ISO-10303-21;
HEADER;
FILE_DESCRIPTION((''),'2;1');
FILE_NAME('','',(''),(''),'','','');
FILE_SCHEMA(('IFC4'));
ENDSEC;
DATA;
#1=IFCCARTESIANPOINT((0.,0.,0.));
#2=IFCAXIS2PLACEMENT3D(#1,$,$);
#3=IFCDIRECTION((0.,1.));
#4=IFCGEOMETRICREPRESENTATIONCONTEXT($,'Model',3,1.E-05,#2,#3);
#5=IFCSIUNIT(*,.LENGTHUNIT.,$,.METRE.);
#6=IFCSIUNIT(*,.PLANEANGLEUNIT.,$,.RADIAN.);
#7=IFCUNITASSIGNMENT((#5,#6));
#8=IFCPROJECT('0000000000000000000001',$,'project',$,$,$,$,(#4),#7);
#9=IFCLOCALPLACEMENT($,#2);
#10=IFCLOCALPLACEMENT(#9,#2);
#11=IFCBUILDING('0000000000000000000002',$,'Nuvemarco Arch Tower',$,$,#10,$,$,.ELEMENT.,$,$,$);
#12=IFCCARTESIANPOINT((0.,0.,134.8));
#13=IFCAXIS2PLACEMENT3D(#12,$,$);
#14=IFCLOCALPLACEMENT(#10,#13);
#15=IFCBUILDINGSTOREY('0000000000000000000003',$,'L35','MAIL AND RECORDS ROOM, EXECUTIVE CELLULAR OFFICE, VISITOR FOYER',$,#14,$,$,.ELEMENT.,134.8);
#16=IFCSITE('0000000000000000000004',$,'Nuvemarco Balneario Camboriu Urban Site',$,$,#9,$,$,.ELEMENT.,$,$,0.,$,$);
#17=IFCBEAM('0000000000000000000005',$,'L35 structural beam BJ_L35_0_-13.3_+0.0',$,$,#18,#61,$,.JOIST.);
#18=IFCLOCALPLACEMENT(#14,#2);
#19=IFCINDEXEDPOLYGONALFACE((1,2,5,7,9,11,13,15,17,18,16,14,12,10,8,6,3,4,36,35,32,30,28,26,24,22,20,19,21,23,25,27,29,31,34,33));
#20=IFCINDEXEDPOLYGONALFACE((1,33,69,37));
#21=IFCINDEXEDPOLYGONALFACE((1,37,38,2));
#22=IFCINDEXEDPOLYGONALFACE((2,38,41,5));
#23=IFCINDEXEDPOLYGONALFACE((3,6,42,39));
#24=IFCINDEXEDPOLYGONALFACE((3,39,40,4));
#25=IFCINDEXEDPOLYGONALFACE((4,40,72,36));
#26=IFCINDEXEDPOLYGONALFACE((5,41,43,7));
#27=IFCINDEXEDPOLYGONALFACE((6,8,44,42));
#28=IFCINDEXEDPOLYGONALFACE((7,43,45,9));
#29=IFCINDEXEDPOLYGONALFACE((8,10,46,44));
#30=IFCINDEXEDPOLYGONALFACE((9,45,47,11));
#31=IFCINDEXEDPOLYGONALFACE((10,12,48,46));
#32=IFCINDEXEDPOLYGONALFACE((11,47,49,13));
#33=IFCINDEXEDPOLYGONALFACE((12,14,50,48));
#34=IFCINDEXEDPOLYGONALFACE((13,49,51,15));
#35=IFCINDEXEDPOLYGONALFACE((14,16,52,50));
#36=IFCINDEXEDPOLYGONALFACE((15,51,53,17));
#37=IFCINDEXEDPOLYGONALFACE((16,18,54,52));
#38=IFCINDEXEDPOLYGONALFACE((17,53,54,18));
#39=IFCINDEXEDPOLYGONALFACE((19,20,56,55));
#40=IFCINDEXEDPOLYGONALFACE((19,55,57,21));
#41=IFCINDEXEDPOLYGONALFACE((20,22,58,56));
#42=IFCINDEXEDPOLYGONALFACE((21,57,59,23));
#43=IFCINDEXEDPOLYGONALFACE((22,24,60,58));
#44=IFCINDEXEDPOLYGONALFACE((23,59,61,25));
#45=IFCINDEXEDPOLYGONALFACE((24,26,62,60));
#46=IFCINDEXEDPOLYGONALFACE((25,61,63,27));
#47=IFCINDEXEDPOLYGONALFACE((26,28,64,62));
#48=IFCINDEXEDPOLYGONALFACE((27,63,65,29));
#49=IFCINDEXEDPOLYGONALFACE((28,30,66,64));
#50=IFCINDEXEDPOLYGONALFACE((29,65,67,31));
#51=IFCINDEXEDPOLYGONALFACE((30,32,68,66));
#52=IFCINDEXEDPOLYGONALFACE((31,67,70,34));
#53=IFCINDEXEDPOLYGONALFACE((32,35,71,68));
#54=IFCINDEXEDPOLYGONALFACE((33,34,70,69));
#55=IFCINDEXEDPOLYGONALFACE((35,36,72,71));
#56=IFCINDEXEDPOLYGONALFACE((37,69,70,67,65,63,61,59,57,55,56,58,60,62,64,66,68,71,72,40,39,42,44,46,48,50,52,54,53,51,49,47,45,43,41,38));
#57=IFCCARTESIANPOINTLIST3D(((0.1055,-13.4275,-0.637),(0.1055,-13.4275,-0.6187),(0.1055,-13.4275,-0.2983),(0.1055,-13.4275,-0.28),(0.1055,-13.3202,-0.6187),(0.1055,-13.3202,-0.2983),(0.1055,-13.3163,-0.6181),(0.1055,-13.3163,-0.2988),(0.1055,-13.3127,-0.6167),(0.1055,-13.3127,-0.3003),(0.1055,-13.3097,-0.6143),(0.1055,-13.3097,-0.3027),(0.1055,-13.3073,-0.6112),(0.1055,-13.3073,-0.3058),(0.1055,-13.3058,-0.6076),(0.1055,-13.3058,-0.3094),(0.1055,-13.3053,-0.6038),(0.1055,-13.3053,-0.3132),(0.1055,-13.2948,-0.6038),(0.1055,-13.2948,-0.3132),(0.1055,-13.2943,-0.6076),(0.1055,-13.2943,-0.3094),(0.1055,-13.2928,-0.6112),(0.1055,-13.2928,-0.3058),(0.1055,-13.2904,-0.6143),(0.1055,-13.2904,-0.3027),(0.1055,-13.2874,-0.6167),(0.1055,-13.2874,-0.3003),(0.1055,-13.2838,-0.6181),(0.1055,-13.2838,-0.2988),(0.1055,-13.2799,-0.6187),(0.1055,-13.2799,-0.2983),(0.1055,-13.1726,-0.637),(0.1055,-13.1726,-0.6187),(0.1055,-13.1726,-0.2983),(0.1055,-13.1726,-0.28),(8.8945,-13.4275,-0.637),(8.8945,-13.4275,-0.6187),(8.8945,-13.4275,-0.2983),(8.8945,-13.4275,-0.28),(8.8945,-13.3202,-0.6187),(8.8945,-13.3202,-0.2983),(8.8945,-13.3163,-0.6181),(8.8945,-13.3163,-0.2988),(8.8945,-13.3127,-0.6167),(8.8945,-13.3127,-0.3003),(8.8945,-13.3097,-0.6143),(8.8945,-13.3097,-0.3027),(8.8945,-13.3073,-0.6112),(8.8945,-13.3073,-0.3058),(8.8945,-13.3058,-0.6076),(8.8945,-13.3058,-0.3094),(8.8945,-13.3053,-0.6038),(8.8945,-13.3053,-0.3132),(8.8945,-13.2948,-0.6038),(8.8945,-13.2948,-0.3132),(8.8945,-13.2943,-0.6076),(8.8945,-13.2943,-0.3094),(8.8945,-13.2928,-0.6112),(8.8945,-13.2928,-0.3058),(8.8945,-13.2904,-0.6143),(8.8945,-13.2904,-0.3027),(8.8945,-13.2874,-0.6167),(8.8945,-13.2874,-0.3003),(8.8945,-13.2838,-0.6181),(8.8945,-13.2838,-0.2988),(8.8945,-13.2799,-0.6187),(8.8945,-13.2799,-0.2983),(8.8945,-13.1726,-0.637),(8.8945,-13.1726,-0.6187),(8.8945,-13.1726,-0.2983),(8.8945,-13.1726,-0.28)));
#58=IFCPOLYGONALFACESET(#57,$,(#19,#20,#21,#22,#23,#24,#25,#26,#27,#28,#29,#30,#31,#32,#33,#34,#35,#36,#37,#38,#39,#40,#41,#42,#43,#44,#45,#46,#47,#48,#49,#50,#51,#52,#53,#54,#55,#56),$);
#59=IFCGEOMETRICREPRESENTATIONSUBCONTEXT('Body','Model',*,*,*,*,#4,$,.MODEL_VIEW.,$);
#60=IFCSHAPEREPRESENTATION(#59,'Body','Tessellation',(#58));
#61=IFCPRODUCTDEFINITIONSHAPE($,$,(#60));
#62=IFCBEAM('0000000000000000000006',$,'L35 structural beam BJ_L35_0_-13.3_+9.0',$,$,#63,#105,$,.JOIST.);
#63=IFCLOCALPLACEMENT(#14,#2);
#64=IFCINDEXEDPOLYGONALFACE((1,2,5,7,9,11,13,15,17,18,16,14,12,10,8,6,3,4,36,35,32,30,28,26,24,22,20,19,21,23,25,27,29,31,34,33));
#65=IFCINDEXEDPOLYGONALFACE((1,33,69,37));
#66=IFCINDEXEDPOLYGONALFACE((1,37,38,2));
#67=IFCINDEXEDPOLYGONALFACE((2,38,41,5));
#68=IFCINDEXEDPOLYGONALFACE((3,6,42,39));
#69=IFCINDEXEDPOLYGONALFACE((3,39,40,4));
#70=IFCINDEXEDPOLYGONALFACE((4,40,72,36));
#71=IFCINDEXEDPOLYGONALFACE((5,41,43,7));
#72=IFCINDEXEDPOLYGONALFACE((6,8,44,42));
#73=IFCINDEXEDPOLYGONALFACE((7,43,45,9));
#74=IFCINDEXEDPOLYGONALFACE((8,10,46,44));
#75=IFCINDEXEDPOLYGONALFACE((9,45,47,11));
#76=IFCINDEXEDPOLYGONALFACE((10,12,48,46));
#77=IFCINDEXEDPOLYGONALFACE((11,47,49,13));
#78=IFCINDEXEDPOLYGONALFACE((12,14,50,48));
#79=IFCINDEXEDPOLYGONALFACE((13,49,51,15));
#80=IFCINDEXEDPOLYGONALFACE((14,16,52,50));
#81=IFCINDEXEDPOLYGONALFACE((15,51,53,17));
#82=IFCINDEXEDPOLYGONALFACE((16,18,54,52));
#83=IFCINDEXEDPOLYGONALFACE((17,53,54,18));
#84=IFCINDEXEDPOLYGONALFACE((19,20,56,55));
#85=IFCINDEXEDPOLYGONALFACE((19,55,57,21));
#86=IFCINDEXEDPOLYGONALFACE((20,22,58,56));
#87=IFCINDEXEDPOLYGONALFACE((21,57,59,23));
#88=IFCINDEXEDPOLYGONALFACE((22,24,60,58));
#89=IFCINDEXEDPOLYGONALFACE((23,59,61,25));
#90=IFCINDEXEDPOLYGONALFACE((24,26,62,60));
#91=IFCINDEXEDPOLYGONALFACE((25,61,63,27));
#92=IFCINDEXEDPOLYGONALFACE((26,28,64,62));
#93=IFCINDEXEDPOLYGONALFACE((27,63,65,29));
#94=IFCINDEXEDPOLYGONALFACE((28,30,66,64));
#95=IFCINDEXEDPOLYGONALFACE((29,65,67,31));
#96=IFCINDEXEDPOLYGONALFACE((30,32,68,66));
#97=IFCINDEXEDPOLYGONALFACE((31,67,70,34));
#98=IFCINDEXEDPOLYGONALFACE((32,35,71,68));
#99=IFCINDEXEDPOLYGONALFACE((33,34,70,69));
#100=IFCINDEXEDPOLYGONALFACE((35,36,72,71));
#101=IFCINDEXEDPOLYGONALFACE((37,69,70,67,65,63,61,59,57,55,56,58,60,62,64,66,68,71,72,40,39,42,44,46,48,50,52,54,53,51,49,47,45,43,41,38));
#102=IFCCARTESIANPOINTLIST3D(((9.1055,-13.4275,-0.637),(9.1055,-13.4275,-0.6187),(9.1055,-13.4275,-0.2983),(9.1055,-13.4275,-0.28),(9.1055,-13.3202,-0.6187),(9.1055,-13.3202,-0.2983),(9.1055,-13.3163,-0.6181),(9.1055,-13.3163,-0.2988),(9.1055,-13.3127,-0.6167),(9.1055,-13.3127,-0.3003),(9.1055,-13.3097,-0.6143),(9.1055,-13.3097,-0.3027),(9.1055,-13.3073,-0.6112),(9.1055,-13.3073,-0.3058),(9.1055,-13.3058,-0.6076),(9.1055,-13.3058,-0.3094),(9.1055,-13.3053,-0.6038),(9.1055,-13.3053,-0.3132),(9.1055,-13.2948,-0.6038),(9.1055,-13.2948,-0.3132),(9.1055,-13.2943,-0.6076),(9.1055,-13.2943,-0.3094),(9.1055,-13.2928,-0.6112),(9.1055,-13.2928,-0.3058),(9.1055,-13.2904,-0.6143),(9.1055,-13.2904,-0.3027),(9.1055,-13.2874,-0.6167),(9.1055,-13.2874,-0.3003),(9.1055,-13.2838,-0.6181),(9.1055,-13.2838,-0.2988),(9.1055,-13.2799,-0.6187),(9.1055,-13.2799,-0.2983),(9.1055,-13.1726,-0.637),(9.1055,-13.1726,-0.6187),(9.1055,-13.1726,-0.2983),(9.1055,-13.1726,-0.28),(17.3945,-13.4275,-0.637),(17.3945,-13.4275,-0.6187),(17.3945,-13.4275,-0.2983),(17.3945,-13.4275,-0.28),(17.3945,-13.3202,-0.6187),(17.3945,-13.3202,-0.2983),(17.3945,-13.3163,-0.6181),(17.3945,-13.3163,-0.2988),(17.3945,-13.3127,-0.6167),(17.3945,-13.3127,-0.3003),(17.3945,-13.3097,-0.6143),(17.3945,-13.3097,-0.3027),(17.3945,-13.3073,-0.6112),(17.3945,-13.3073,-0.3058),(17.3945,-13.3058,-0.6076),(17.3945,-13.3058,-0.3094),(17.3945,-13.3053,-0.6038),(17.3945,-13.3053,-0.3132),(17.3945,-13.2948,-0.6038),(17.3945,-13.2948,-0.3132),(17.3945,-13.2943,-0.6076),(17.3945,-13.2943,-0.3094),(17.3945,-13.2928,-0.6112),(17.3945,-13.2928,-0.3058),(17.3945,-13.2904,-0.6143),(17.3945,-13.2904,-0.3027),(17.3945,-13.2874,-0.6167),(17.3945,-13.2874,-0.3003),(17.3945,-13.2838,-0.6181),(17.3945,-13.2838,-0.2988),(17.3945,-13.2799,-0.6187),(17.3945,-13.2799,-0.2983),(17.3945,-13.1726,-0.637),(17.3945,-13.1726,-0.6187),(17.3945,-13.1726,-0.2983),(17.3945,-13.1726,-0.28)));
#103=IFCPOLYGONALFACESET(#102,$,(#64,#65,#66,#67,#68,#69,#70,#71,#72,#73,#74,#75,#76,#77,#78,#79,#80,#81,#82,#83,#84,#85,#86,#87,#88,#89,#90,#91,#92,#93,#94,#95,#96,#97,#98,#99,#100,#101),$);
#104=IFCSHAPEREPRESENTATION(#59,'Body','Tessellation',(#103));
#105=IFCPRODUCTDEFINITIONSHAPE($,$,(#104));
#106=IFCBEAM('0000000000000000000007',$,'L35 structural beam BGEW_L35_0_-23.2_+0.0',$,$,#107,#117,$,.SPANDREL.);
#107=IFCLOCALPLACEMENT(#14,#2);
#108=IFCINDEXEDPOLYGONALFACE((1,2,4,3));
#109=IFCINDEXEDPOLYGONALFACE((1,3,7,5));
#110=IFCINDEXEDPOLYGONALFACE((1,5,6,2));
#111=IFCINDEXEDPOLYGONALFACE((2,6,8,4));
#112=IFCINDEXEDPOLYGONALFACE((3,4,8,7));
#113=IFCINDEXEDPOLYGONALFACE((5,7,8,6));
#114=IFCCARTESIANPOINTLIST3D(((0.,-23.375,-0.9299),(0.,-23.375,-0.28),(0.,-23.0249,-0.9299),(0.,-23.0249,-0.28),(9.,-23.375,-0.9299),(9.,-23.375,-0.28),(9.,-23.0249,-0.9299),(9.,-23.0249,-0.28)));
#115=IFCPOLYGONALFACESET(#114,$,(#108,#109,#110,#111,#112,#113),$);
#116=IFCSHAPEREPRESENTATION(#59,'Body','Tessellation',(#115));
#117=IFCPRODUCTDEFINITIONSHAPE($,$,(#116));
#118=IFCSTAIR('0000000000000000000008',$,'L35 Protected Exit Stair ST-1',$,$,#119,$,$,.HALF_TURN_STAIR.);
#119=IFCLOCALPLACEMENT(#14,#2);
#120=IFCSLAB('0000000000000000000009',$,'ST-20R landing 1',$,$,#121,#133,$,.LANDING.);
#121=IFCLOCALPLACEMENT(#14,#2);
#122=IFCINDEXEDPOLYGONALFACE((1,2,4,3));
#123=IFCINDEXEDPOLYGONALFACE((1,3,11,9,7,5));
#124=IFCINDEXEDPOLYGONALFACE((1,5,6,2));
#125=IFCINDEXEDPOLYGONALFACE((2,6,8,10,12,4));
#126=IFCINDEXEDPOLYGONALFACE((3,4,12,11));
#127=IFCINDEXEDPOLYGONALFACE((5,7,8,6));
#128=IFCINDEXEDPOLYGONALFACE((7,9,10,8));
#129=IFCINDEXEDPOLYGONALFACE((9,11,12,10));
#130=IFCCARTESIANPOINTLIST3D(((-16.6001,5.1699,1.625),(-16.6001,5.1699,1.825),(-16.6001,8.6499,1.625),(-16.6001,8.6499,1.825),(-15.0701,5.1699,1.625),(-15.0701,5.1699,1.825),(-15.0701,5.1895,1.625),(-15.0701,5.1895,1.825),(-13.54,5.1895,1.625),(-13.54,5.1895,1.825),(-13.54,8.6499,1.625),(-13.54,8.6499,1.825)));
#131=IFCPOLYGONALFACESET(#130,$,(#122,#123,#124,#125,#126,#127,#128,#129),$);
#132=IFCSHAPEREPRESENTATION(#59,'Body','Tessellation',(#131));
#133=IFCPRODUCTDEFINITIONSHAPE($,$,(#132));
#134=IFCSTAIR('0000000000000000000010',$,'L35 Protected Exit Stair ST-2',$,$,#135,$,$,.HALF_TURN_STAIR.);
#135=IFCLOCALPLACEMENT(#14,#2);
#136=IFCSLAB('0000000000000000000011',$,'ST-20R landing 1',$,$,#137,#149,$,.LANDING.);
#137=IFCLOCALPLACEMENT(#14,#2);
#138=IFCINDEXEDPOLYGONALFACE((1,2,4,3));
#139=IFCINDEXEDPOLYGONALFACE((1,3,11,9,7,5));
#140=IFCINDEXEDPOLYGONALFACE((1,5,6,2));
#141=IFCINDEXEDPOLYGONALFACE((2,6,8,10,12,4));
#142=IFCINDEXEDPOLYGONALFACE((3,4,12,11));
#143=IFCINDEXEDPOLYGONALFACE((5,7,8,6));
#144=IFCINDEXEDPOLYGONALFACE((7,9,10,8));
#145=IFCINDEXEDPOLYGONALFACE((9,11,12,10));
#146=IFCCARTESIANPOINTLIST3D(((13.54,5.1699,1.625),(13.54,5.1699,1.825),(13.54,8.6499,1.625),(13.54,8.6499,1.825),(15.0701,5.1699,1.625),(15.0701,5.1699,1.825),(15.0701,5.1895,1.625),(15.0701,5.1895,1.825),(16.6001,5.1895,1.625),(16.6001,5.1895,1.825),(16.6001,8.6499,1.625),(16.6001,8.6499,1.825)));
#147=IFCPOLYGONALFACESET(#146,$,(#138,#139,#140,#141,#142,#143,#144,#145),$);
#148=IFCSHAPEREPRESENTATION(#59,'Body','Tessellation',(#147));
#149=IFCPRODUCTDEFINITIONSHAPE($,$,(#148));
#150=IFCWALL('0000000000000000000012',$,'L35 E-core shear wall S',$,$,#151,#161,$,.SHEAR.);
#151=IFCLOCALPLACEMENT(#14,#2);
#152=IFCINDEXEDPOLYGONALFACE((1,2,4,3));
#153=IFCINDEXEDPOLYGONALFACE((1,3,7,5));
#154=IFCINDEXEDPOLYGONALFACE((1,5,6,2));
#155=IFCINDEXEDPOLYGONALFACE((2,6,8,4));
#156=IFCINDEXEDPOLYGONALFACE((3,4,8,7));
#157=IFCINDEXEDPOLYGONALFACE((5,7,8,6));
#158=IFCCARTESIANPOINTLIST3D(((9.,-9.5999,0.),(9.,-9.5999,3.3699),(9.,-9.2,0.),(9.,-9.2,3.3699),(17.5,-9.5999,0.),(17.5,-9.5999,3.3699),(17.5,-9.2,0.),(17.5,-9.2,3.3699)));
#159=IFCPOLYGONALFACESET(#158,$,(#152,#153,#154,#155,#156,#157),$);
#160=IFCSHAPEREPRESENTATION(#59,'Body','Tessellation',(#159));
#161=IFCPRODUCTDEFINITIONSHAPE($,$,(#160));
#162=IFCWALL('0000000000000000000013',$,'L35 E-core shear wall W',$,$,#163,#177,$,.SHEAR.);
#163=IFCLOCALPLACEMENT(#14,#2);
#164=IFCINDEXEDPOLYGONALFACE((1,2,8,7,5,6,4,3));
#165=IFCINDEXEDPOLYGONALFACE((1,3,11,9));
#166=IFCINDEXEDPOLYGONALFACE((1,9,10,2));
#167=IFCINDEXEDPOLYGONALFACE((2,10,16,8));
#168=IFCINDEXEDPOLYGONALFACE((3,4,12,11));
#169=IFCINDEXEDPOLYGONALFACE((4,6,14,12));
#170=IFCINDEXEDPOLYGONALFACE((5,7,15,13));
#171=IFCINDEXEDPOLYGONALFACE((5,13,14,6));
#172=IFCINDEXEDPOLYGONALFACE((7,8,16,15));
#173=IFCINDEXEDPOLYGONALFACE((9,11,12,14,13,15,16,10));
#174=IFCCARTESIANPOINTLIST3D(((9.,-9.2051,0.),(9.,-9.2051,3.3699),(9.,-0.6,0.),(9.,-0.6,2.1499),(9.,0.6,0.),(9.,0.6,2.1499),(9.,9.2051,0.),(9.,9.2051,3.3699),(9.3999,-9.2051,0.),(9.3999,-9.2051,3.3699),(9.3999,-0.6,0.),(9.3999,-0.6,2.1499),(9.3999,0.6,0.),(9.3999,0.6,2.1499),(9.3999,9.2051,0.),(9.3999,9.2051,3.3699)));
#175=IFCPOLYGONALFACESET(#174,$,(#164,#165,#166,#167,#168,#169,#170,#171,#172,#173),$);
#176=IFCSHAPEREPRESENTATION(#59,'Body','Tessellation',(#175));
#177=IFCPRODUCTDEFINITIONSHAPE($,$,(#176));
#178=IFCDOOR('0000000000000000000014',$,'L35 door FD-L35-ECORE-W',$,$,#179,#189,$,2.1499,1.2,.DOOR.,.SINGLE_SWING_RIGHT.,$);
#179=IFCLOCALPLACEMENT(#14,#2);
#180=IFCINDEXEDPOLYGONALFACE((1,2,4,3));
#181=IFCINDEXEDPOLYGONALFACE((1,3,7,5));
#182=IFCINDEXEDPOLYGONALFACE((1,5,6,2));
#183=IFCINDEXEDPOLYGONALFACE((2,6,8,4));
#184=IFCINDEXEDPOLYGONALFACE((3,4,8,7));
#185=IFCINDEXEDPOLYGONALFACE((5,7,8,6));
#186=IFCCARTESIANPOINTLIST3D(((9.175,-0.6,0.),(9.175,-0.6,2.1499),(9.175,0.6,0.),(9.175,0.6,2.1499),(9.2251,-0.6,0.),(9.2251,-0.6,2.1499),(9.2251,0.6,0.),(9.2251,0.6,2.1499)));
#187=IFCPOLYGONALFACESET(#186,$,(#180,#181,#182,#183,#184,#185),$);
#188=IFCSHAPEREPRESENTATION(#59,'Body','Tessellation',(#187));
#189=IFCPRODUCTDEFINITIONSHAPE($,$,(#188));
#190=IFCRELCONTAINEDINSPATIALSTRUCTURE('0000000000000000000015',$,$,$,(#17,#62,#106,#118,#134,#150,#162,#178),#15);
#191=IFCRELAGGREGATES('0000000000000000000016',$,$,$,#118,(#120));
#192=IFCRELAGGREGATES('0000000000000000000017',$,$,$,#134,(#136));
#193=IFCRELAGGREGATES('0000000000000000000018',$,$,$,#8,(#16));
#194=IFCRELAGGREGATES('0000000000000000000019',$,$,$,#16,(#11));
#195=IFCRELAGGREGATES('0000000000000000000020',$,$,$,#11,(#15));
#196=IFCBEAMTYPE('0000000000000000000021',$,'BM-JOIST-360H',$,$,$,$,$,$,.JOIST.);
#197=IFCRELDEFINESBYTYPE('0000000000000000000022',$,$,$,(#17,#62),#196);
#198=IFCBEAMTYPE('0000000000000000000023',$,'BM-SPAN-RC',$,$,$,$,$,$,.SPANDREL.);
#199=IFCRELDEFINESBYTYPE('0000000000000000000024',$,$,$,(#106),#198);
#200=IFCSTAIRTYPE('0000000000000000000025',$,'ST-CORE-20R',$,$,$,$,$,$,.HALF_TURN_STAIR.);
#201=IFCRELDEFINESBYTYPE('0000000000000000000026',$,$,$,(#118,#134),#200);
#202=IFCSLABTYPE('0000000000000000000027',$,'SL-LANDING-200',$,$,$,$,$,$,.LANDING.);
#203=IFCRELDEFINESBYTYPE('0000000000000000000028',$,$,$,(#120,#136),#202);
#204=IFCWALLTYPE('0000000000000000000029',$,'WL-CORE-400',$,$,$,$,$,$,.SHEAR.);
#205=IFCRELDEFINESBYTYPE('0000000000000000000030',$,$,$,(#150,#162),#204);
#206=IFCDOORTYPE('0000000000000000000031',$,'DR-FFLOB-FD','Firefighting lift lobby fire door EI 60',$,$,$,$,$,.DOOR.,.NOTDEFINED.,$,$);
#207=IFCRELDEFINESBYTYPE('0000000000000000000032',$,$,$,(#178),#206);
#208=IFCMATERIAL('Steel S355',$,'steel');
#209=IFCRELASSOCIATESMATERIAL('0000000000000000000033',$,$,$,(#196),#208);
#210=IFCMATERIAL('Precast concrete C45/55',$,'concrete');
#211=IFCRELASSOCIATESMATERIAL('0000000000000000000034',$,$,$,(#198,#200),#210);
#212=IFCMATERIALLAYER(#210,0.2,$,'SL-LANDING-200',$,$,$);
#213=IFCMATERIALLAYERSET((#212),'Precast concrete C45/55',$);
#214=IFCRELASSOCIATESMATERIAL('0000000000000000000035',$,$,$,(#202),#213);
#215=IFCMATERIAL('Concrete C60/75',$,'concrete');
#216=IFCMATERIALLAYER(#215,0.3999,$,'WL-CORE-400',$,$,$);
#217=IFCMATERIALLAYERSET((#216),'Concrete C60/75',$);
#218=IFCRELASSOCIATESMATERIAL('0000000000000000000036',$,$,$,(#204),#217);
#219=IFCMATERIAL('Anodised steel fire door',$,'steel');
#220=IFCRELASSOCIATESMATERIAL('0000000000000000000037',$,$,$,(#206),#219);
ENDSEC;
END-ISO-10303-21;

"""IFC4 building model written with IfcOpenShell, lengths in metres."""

from ifc_helpers import new_model, si_unit, direction, frame, frame_2d, origin, origin_2d, place, context, subcontext, project, spatial, polyline, rectangle, i_section, outline, extrude, source, transform, mapped, material, layer, layer_set, material_profile, profile_set, type_object, type_shapes, element, fill, aggregate, save


model = new_model("IFC4")

# Units and contexts
model_context = context("Model", 3, precision=1e-05, world=origin(), true_north=direction((0.0, 1.0)))
body_context = subcontext(model_context, "Body", "Model", "MODEL_VIEW")
ifc_project = project(units=[si_unit("LENGTHUNIT", "METRE"), si_unit("PLANEANGLEUNIT", "RADIAN")], contexts=[model_context])

# Site, building, storey
site_placement = place(None, origin())
site = spatial("IfcSite", under=ifc_project, at=site_placement, Name="Nuvemarco Balneario Camboriu Urban Site", CompositionType="ELEMENT", RefElevation=0.0)
building_placement = place(site_placement, origin())
building = spatial("IfcBuilding", under=site, at=building_placement, Name="Nuvemarco Arch Tower", CompositionType="ELEMENT")
storey_placement = place(building_placement, frame((0.0, 0.0, 134.8)))
storey = spatial("IfcBuildingStorey", under=building, at=storey_placement, Name="L35", Description="MAIL AND RECORDS ROOM, EXECUTIVE CELLULAR OFFICE, VISITOR FOYER", CompositionType="ELEMENT", Elevation=134.8)

# Shared definitions
ifc_material_1 = material(Name="Steel S355", Category="steel")

# Beams
ifc_material_2 = material(Name="Concrete C60/75", Category="concrete")
ifc_material_profile_1 = material_profile(ifc_material_1, i_section(OverallWidth=0.2549, OverallDepth=0.3569, WebThickness=0.0105, FlangeThickness=0.0183, FilletRadius=0.0149, at=origin_2d()), Name="W360x101")
ifc_profile_set_1 = profile_set([ifc_material_profile_1], Name="Steel S355")
beam_type_1 = type_object("IfcBeamType", Name="BM-JOIST-360H", PredefinedType="JOIST", material=ifc_profile_set_1)
beam_1_placement = place(storey_placement, frame((0.1055, -13.3, -0.4585), z_axis=(1.0, 0.0, 0.0), x_axis=(0.0, 1.0, 0.0)))
element("IfcBeam", 1, at=beam_1_placement, inside=storey, type_object=beam_type_1, Name="L35 structural beam BJ_L35_0_-13.3_+0.0", PredefinedType="JOIST", context=body_context, shape_type="SweptSolid", body=[
    extrude(i_section(OverallWidth=0.2549, OverallDepth=0.3569, WebThickness=0.0105, FlangeThickness=0.0183, FilletRadius=0.0149, at=origin_2d()), origin(), (0.0, 0.0, 1.0), 8.7891),
])
beam_2_placement = place(storey_placement, frame((9.1055, -13.3, -0.4585), z_axis=(1.0, 0.0, 0.0), x_axis=(0.0, 1.0, 0.0)))
element("IfcBeam", 2, at=beam_2_placement, inside=storey, type_object=beam_type_1, Name="L35 structural beam BJ_L35_0_-13.3_+9.0", PredefinedType="JOIST", context=body_context, shape_type="SweptSolid", body=[
    extrude(i_section(OverallWidth=0.2549, OverallDepth=0.3569, WebThickness=0.0105, FlangeThickness=0.0183, FilletRadius=0.0149, at=origin_2d()), origin(), (0.0, 0.0, 1.0), 8.2891),
])
ifc_material_3 = material(Name="Precast concrete C45/55", Category="concrete")
ifc_material_profile_2 = material_profile(ifc_material_3, rectangle(XDim=0.3501, YDim=0.6499, at=origin_2d()), Name="PC-SP-350x650")
ifc_profile_set_2 = profile_set([ifc_material_profile_2], Name="Precast concrete C45/55")
beam_type_2 = type_object("IfcBeamType", Name="BM-SPAN-RC", PredefinedType="SPANDREL", material=ifc_profile_set_2)
beam_3_placement = place(storey_placement, frame((0.0, -23.2, -0.605), z_axis=(1.0, 0.0, 0.0), x_axis=(0.0, 1.0, 0.0)))
element("IfcBeam", 3, at=beam_3_placement, inside=storey, type_object=beam_type_2, Name="L35 structural beam BGEW_L35_0_-23.2_+0.0", PredefinedType="SPANDREL", context=body_context, shape_type="SweptSolid", body=[
    extrude(rectangle(XDim=0.3501, YDim=0.6499, at=origin_2d()), origin(), (0.0, 0.0, 1.0), 9.0),
])

# Stairs, slabs
stair_type = type_object("IfcStairType", Name="ST-CORE-20R", PredefinedType="HALF_TURN_STAIR", material=ifc_material_3)
stair_1_placement = place(storey_placement, origin())
stair_1 = element("IfcStair", 4, at=stair_1_placement, inside=storey, type_object=stair_type, Name="L35 Protected Exit Stair ST-1", PredefinedType="HALF_TURN_STAIR")
ifc_layer_1 = layer(ifc_material_3, 0.2, Name="SL-LANDING-200")
ifc_layer_set_1 = layer_set([ifc_layer_1], Name="Precast concrete C45/55")
slab_type = type_object("IfcSlabType", Name="SL-LANDING-200", PredefinedType="LANDING", material=ifc_layer_set_1)
slab_1_placement = place(storey_placement, frame((0.0, 0.0, 1.625)))
slab_1 = element("IfcSlab", 5, at=slab_1_placement, type_object=slab_type, Name="ST-20R landing 1", PredefinedType="LANDING", context=body_context, shape_type="SweptSolid", body=[
    extrude(outline(polyline([(-13.54, 5.1895), (-13.54, 8.6499), (-16.6001, 8.6499), (-16.6001, 5.1699), (-15.0701, 5.1699), (-15.0701, 5.1895), (-13.54, 5.1895)])), origin(), (0.0, 0.0, 1.0), 0.2),
])
aggregate(stair_1, [slab_1])
stair_2_placement = place(storey_placement, origin())
stair_2 = element("IfcStair", 6, at=stair_2_placement, inside=storey, type_object=stair_type, Name="L35 Protected Exit Stair ST-2", PredefinedType="HALF_TURN_STAIR")
slab_2_placement = place(storey_placement, frame((0.0, 0.0, 1.625)))
slab_2 = element("IfcSlab", 7, at=slab_2_placement, type_object=slab_type, Name="ST-20R landing 1", PredefinedType="LANDING", context=body_context, shape_type="SweptSolid", body=[
    extrude(outline(polyline([(16.6001, 5.1895), (16.6001, 8.6499), (13.54, 8.6499), (13.54, 5.1699), (15.0701, 5.1699), (15.0701, 5.1895), (16.6001, 5.1895)])), origin(), (0.0, 0.0, 1.0), 0.2),
])
aggregate(stair_2, [slab_2])

# Wall
ifc_layer_2 = layer(ifc_material_2, 0.3999, Name="WL-CORE-400")
ifc_layer_set_2 = layer_set([ifc_layer_2], Name="Concrete C60/75")
wall_type_1 = type_object("IfcWallType", Name="WL-CORE-400", PredefinedType="SHEAR", material=ifc_layer_set_2)
wall_1_placement = place(storey_placement, frame((9.0, -9.3999, 0.0), z_axis=(0.0, 0.0, 1.0), x_axis=(1.0, 0.0, 0.0)))
element("IfcWall", 8, at=wall_1_placement, inside=storey, type_object=wall_type_1, Name="L35 E-core shear wall S", PredefinedType="SHEAR", context=body_context, shape_type="SweptSolid", body=[
    extrude(rectangle(XDim=8.5, YDim=0.3999, at=frame_2d((4.25, 0.0))), origin(), (0.0, 0.0, 1.0), 3.3699),
])

# Wall, opening, door
wall_2_placement = place(storey_placement, frame((9.2, -9.2051, 0.0), z_axis=(0.0, 0.0, 1.0), x_axis=(0.0, 1.0, 0.0)))
wall_2 = element("IfcWall", 9, at=wall_2_placement, inside=storey, type_object=wall_type_1, Name="L35 E-core shear wall W", PredefinedType="SHEAR", context=body_context, shape_type="SweptSolid", body=[
    extrude(rectangle(XDim=18.4102, YDim=0.3999, at=frame_2d((9.2051, 0.0))), origin(), (0.0, 0.0, 1.0), 3.3699),
])
opening_placement = place(wall_2_placement, frame((8.605, 0.0, 0.0)))
opening = element("IfcOpeningElement", 10, at=opening_placement, cuts=wall_2, PredefinedType="OPENING", context=body_context, shape_type="SweptSolid", body=[
    extrude(rectangle(XDim=1.2, YDim=2.1499, at=frame_2d((0.6001, 1.075))), frame((0.0, 0.21, 0.0), z_axis=(0.0, -1.0, 0.0), x_axis=(1.0, 0.0, 0.0)), (0.0, 0.0, 1.0), 0.4199),
])
ifc_material_4 = material(Name="Anodised steel fire door", Category="steel")
door_type = type_object("IfcDoorType", Name="DR-FFLOB-FD", Description="Firefighting lift lobby fire door EI 60", OperationType="NOTDEFINED", PredefinedType="DOOR", material=ifc_material_4)
shared_shape_1 = source(origin(), body_context, "Body", "SweptSolid", [
    extrude(rectangle(XDim=1.2, YDim=2.1499, at=frame_2d((0.6001, 1.075))), frame((0.0, 0.0249, 0.0), z_axis=(0.0, -1.0, 0.0), x_axis=(1.0, 0.0, 0.0)), (0.0, 0.0, 1.0), 0.05),
])
type_shapes(door_type, [shared_shape_1])
door_placement = place(opening_placement, origin())
door = element("IfcDoor", 11, at=door_placement, inside=storey, type_object=door_type, Name="L35 door FD-L35-ECORE-W", OperationType="SINGLE_SWING_RIGHT", OverallHeight=2.1499, OverallWidth=1.2, PredefinedType="DOOR", context=body_context, shape_type="MappedRepresentation", body=[
    mapped(shared_shape_1, transform((0.0, 0.0, 0.0), scale=1.0)),
])
fill(opening, door)

save(model, "model.ifc")
